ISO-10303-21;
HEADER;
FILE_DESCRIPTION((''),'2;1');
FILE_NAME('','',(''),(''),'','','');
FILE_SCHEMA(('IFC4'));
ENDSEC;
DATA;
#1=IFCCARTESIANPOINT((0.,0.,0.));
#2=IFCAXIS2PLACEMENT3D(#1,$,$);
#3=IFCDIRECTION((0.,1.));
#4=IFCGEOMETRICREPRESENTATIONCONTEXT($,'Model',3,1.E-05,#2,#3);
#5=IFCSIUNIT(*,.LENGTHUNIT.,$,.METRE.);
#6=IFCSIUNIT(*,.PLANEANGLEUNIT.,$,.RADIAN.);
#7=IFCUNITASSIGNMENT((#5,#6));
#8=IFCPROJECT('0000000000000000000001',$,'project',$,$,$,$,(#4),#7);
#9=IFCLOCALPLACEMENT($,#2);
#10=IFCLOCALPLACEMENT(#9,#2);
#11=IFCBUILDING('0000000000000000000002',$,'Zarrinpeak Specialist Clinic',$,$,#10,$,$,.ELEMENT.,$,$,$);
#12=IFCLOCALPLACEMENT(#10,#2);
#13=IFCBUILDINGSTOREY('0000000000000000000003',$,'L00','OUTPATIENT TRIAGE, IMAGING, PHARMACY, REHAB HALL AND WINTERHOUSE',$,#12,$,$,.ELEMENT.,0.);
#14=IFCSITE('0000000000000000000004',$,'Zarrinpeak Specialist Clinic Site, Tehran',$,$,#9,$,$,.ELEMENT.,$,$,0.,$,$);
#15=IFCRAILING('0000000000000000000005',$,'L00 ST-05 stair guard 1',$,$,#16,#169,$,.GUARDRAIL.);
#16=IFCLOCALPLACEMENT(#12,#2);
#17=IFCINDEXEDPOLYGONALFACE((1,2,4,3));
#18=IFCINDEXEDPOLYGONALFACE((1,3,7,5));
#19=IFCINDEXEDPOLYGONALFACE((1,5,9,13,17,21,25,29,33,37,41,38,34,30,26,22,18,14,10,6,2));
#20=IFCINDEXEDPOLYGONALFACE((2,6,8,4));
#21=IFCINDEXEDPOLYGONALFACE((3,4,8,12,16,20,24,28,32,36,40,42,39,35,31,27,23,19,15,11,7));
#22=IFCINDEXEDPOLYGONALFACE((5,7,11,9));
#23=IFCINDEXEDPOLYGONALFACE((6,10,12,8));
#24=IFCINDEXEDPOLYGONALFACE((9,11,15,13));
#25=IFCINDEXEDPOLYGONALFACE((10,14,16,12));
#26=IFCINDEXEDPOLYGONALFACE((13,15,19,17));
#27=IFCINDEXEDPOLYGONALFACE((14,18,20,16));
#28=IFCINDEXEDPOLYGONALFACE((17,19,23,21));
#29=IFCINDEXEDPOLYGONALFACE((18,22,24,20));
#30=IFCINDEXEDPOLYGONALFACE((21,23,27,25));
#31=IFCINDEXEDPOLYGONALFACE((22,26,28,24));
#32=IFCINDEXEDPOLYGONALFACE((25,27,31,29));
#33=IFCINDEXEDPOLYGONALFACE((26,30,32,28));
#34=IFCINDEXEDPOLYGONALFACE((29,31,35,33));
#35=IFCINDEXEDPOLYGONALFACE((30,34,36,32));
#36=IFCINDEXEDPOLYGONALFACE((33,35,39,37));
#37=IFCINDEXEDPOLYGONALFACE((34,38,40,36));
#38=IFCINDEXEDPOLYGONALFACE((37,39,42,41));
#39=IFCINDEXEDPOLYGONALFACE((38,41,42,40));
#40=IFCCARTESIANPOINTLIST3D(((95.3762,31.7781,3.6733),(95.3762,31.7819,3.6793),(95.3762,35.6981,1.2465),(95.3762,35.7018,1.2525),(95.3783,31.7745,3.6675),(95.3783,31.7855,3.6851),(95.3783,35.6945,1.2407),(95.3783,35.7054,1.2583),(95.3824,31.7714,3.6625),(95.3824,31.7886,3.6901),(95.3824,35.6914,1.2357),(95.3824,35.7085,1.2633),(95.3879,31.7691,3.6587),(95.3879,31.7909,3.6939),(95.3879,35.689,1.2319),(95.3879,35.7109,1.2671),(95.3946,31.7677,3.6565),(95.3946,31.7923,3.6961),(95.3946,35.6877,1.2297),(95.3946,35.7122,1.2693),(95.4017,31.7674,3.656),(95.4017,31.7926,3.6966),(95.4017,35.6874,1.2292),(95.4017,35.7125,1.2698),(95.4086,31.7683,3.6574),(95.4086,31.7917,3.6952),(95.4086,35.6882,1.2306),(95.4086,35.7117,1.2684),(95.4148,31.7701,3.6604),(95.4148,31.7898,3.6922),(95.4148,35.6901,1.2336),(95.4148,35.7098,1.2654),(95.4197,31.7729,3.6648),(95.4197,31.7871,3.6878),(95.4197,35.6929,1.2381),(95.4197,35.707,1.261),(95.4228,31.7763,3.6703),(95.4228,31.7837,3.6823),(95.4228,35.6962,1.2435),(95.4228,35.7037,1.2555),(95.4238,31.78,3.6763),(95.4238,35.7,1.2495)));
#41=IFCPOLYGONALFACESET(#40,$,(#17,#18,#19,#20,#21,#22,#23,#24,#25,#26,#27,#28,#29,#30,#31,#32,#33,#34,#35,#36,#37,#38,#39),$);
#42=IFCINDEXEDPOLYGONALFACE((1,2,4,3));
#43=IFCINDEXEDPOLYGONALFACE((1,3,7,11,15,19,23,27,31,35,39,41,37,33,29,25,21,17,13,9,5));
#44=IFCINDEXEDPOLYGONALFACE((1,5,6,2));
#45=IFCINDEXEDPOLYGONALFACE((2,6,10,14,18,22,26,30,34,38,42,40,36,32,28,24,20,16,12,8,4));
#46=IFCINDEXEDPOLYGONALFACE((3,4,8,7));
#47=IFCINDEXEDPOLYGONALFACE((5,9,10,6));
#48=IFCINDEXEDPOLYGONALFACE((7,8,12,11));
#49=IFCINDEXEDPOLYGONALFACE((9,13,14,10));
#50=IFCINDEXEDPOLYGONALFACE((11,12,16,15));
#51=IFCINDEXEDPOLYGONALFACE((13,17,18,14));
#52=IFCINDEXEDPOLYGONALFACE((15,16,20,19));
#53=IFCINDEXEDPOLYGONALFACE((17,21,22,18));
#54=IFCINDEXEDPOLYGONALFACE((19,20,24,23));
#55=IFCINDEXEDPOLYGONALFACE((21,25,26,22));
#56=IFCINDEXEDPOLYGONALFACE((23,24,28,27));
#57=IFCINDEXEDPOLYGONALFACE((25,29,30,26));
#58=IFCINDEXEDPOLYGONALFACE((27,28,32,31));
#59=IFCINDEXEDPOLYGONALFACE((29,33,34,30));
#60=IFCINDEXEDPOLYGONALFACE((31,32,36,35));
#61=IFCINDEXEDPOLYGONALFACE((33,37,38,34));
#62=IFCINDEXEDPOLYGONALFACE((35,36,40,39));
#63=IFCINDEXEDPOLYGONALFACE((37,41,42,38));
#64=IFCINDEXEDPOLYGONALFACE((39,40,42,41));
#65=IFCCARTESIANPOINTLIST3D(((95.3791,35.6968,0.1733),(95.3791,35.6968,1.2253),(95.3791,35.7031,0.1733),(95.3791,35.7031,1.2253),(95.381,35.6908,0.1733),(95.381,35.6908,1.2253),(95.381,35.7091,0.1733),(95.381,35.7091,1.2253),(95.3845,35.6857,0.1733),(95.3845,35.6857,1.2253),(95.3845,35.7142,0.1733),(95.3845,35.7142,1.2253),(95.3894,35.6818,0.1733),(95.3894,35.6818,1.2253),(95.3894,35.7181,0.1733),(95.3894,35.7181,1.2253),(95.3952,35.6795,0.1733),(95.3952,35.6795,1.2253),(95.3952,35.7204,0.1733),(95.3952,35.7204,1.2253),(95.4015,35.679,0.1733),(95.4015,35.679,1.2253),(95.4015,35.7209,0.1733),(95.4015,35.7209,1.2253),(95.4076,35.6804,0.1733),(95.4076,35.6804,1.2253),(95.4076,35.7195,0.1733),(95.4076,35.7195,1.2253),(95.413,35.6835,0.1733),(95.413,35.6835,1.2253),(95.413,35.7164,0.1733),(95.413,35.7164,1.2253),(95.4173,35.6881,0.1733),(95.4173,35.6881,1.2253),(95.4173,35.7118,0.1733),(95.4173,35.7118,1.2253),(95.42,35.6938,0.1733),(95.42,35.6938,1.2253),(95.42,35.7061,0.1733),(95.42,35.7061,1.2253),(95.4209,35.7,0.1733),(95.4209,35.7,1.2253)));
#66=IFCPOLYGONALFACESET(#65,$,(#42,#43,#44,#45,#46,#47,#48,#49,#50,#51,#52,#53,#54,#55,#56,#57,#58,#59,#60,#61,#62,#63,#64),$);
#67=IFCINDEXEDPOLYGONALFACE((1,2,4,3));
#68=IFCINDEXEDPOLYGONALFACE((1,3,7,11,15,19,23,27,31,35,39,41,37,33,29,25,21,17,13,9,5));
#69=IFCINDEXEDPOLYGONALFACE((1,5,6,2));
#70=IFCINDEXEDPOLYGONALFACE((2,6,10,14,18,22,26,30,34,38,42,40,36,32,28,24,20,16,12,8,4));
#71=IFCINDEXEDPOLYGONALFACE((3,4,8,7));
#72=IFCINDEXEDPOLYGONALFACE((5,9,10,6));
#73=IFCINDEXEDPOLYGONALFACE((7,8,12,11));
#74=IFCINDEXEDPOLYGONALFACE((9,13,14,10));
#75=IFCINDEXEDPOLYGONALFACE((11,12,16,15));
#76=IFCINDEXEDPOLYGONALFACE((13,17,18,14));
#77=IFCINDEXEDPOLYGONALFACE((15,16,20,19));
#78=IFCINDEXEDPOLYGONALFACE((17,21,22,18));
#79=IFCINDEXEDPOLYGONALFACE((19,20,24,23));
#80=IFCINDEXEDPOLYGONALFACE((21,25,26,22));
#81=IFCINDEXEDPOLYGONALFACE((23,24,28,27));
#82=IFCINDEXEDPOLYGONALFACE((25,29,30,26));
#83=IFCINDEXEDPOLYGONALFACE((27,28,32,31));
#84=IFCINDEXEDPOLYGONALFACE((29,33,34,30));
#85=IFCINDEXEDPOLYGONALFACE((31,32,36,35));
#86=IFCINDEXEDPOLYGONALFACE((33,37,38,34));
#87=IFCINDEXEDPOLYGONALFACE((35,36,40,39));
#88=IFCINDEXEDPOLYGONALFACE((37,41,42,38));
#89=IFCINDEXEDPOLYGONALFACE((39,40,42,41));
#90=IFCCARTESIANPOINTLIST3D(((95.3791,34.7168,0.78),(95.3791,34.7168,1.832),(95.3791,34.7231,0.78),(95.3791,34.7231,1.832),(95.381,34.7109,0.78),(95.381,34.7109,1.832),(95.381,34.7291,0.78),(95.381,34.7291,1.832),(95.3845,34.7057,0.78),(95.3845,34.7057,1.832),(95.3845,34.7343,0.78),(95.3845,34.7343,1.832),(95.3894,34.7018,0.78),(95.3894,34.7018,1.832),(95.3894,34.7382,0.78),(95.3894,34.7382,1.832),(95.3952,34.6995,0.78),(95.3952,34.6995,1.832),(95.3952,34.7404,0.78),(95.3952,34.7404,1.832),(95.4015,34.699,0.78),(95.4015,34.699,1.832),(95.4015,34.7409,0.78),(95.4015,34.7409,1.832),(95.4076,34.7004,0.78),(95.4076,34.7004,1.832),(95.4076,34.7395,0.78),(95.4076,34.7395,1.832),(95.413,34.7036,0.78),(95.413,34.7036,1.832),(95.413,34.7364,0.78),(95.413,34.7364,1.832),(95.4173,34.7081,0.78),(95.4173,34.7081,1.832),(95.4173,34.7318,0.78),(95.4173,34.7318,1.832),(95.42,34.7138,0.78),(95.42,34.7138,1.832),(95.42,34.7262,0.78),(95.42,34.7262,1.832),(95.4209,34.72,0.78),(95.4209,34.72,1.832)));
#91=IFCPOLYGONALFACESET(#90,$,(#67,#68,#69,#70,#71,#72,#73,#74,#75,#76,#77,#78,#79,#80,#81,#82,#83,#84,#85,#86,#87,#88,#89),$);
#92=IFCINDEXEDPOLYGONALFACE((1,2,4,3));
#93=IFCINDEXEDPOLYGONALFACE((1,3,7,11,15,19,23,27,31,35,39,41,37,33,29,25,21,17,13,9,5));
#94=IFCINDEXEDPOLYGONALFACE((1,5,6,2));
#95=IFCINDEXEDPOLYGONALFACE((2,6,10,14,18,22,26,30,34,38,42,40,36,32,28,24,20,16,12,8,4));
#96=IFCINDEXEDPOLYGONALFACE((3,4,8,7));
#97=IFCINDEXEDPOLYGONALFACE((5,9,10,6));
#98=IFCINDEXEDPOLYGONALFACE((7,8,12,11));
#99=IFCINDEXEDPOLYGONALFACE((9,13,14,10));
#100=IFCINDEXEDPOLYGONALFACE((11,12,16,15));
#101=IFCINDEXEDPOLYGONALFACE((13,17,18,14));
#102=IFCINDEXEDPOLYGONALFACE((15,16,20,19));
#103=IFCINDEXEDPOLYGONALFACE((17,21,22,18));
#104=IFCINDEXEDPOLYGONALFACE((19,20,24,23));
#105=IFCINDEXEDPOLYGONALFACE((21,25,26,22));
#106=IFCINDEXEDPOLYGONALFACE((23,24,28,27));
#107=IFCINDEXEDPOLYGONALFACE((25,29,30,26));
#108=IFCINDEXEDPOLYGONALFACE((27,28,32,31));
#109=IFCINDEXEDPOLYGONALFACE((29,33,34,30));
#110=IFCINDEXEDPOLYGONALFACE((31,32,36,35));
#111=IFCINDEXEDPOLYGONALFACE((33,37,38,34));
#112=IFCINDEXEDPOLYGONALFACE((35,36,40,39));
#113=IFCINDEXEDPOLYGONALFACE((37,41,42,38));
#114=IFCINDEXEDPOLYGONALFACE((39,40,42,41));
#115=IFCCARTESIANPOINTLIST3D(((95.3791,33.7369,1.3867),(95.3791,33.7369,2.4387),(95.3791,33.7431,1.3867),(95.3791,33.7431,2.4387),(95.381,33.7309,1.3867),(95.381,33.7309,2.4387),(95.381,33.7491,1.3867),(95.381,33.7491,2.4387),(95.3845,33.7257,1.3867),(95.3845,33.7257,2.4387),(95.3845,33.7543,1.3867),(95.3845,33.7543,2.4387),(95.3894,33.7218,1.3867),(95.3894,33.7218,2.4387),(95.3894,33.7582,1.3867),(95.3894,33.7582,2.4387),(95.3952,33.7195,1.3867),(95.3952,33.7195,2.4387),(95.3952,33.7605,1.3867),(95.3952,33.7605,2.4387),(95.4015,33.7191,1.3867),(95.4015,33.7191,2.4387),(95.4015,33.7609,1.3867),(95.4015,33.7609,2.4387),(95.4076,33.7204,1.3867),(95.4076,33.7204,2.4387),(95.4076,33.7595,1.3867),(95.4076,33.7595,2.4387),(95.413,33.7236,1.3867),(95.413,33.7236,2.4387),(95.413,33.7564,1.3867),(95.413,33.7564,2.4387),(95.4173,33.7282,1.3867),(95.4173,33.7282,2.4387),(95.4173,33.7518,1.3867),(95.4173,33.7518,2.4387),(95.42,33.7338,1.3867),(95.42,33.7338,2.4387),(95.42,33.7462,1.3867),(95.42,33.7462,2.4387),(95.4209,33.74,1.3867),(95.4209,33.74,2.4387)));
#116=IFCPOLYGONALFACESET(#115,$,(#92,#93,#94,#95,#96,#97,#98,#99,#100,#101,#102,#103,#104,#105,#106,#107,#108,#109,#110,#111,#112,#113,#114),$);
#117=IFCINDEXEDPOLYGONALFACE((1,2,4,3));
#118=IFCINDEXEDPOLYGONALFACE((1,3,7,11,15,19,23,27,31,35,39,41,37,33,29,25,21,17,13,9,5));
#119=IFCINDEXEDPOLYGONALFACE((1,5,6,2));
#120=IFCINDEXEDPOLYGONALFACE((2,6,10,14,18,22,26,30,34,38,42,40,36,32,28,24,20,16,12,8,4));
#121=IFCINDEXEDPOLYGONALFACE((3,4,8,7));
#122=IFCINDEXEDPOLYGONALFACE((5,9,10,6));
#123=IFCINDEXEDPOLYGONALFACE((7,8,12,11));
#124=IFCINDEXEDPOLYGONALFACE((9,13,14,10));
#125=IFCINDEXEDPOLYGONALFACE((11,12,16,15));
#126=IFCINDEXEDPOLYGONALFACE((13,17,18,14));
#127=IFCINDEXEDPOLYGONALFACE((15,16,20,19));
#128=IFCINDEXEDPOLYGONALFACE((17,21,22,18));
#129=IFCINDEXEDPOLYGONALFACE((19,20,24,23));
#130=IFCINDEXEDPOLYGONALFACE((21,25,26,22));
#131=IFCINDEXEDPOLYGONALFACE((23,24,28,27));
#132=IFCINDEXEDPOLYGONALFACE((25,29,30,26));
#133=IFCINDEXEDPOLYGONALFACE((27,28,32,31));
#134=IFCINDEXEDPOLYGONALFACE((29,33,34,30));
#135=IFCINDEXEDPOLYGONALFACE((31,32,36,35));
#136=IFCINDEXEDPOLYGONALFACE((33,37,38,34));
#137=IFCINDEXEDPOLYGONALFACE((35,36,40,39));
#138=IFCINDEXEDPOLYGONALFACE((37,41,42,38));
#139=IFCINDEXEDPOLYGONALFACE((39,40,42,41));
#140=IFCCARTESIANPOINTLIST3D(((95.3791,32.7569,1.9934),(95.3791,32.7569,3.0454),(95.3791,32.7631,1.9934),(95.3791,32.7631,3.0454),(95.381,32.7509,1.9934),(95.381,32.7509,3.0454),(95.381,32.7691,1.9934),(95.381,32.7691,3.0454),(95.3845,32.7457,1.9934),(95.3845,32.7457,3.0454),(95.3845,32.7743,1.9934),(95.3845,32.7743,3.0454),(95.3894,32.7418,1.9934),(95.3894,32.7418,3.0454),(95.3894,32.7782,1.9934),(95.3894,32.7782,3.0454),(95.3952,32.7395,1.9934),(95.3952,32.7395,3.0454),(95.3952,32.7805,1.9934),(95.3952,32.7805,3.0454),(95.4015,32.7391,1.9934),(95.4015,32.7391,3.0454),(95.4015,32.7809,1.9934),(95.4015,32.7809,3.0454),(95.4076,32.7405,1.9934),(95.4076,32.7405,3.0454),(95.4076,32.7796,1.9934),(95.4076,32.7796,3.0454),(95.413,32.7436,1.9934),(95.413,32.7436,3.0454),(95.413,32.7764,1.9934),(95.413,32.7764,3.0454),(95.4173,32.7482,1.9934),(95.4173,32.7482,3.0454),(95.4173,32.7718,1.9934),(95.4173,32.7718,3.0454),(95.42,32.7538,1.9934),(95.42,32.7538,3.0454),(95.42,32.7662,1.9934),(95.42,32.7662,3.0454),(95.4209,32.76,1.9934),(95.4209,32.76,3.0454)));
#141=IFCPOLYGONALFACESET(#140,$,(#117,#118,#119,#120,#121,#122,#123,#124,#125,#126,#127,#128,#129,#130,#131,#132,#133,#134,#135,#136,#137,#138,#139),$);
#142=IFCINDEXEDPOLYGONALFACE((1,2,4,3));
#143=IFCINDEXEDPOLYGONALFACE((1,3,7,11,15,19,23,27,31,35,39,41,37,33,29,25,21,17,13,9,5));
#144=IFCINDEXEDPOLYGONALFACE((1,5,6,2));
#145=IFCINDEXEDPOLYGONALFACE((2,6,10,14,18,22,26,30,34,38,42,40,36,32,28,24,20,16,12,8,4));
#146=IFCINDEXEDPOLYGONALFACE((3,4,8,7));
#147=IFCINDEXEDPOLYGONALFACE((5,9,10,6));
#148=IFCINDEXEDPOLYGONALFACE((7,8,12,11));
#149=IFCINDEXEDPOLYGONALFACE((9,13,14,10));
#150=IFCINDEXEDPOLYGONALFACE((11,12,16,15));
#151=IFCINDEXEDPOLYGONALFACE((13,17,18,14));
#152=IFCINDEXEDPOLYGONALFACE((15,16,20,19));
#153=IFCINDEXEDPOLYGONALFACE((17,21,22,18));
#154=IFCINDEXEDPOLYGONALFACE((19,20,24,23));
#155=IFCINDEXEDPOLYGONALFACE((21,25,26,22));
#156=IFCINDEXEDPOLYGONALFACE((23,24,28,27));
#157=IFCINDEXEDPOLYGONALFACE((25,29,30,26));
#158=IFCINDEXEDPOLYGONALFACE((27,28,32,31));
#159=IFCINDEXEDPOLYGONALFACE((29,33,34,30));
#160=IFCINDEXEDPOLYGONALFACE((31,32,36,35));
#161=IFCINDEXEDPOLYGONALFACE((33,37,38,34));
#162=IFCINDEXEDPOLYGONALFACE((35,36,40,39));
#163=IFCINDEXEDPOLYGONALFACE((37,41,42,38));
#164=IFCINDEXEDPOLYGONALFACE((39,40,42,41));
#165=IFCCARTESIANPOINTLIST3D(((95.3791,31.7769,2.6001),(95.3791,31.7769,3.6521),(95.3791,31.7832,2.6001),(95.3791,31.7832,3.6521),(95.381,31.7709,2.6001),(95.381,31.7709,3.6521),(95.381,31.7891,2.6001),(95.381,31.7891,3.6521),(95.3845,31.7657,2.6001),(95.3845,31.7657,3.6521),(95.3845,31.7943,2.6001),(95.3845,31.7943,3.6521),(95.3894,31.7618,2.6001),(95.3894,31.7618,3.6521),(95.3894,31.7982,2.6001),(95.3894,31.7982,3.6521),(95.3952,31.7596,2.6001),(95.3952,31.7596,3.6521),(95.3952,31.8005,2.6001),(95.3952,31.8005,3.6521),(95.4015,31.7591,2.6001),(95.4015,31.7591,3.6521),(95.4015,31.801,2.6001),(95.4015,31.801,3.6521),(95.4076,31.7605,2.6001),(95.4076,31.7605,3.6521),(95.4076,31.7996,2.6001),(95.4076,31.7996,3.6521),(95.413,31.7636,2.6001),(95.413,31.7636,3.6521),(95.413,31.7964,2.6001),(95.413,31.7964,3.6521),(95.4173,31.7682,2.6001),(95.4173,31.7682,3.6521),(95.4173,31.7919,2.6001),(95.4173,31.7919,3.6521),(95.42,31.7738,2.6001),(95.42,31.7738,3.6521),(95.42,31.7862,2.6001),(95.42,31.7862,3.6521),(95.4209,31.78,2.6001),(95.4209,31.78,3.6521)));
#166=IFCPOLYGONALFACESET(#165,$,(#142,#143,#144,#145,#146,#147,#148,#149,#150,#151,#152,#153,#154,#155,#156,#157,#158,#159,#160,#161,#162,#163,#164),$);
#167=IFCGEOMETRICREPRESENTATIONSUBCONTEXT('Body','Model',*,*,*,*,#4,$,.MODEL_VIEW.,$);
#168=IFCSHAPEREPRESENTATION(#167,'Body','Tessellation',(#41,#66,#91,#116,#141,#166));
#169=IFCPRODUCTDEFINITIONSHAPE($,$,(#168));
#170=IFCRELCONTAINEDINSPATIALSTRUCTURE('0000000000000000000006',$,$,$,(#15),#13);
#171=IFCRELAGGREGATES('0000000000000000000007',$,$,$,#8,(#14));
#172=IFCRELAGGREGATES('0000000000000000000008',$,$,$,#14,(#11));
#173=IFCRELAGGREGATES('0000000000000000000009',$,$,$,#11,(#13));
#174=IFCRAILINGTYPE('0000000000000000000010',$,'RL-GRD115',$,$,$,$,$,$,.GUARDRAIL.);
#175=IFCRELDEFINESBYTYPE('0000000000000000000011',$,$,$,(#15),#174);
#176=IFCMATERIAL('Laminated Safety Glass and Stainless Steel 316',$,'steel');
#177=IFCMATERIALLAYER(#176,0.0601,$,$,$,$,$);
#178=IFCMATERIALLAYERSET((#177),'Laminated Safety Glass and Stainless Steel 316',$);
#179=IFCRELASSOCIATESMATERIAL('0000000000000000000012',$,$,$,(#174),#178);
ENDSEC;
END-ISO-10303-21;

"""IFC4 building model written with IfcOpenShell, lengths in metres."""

from ifc_helpers import new_model, si_unit, direction, frame, origin, origin_2d, place, context, subcontext, project, spatial, circle, extrude, material, layer, layer_set, type_object, element, save


model = new_model("IFC4")

# Units and contexts
model_context = context("Model", 3, precision=1e-05, world=origin(), true_north=direction((0.0, 1.0)))
body_context = subcontext(model_context, "Body", "Model", "MODEL_VIEW")
ifc_project = project(units=[si_unit("LENGTHUNIT", "METRE"), si_unit("PLANEANGLEUNIT", "RADIAN")], contexts=[model_context])

# Site, building, storey
site_placement = place(None, origin())
site = spatial("IfcSite", under=ifc_project, at=site_placement, Name="Zarrinpeak Specialist Clinic Site, Tehran", CompositionType="ELEMENT", RefElevation=0.0)
building_placement = place(site_placement, origin())
building = spatial("IfcBuilding", under=site, at=building_placement, Name="Zarrinpeak Specialist Clinic", CompositionType="ELEMENT")
storey_placement = place(building_placement, origin())
storey = spatial("IfcBuildingStorey", under=building, at=storey_placement, Name="L00", Description="OUTPATIENT TRIAGE, IMAGING, PHARMACY, REHAB HALL AND WINTERHOUSE", CompositionType="ELEMENT", Elevation=0.0)

# Railing
ifc_material_1 = material(Name="Laminated Safety Glass and Stainless Steel 316", Category="steel")
ifc_layer_1 = layer(ifc_material_1, 0.0601)
ifc_layer_set_1 = layer_set([ifc_layer_1], Name="Laminated Safety Glass and Stainless Steel 316")
railing_type = type_object("IfcRailingType", Name="RL-GRD115", PredefinedType="GUARDRAIL", material=ifc_layer_set_1)
railing_1_placement = place(storey_placement, frame((95.3999, 35.7, 0.1733)))
element("IfcRailing", 1, at=railing_1_placement, inside=storey, type_object=railing_type, Name="L00 ST-05 stair guard 1", PredefinedType="GUARDRAIL", context=body_context, shape_type="SweptSolid", body=[
    extrude(circle(Radius=0.0239, at=origin_2d()), frame((0.0, 0.0, 1.0762), z_axis=(0.0, -0.850252, 0.526376), x_axis=(1.0, 0.0, 0.0)), (0.0, 0.0, 1.0), 4.6104),
    extrude(circle(Radius=0.021, at=origin_2d()), origin(), (0.0, 0.0, 1.0), 1.052),
    extrude(circle(Radius=0.021, at=origin_2d()), frame((0.0, -0.98, 0.6067)), (0.0, 0.0, 1.0), 1.052),
    extrude(circle(Radius=0.021, at=origin_2d()), frame((0.0, -1.96, 1.2134)), (0.0, 0.0, 1.0), 1.052),
    extrude(circle(Radius=0.021, at=origin_2d()), frame((0.0, -2.9399, 1.8201)), (0.0, 0.0, 1.0), 1.052),
    extrude(circle(Radius=0.021, at=origin_2d()), frame((0.0, -3.9199, 2.4268)), (0.0, 0.0, 1.0), 1.052),
])

save(model, "model.ifc")
